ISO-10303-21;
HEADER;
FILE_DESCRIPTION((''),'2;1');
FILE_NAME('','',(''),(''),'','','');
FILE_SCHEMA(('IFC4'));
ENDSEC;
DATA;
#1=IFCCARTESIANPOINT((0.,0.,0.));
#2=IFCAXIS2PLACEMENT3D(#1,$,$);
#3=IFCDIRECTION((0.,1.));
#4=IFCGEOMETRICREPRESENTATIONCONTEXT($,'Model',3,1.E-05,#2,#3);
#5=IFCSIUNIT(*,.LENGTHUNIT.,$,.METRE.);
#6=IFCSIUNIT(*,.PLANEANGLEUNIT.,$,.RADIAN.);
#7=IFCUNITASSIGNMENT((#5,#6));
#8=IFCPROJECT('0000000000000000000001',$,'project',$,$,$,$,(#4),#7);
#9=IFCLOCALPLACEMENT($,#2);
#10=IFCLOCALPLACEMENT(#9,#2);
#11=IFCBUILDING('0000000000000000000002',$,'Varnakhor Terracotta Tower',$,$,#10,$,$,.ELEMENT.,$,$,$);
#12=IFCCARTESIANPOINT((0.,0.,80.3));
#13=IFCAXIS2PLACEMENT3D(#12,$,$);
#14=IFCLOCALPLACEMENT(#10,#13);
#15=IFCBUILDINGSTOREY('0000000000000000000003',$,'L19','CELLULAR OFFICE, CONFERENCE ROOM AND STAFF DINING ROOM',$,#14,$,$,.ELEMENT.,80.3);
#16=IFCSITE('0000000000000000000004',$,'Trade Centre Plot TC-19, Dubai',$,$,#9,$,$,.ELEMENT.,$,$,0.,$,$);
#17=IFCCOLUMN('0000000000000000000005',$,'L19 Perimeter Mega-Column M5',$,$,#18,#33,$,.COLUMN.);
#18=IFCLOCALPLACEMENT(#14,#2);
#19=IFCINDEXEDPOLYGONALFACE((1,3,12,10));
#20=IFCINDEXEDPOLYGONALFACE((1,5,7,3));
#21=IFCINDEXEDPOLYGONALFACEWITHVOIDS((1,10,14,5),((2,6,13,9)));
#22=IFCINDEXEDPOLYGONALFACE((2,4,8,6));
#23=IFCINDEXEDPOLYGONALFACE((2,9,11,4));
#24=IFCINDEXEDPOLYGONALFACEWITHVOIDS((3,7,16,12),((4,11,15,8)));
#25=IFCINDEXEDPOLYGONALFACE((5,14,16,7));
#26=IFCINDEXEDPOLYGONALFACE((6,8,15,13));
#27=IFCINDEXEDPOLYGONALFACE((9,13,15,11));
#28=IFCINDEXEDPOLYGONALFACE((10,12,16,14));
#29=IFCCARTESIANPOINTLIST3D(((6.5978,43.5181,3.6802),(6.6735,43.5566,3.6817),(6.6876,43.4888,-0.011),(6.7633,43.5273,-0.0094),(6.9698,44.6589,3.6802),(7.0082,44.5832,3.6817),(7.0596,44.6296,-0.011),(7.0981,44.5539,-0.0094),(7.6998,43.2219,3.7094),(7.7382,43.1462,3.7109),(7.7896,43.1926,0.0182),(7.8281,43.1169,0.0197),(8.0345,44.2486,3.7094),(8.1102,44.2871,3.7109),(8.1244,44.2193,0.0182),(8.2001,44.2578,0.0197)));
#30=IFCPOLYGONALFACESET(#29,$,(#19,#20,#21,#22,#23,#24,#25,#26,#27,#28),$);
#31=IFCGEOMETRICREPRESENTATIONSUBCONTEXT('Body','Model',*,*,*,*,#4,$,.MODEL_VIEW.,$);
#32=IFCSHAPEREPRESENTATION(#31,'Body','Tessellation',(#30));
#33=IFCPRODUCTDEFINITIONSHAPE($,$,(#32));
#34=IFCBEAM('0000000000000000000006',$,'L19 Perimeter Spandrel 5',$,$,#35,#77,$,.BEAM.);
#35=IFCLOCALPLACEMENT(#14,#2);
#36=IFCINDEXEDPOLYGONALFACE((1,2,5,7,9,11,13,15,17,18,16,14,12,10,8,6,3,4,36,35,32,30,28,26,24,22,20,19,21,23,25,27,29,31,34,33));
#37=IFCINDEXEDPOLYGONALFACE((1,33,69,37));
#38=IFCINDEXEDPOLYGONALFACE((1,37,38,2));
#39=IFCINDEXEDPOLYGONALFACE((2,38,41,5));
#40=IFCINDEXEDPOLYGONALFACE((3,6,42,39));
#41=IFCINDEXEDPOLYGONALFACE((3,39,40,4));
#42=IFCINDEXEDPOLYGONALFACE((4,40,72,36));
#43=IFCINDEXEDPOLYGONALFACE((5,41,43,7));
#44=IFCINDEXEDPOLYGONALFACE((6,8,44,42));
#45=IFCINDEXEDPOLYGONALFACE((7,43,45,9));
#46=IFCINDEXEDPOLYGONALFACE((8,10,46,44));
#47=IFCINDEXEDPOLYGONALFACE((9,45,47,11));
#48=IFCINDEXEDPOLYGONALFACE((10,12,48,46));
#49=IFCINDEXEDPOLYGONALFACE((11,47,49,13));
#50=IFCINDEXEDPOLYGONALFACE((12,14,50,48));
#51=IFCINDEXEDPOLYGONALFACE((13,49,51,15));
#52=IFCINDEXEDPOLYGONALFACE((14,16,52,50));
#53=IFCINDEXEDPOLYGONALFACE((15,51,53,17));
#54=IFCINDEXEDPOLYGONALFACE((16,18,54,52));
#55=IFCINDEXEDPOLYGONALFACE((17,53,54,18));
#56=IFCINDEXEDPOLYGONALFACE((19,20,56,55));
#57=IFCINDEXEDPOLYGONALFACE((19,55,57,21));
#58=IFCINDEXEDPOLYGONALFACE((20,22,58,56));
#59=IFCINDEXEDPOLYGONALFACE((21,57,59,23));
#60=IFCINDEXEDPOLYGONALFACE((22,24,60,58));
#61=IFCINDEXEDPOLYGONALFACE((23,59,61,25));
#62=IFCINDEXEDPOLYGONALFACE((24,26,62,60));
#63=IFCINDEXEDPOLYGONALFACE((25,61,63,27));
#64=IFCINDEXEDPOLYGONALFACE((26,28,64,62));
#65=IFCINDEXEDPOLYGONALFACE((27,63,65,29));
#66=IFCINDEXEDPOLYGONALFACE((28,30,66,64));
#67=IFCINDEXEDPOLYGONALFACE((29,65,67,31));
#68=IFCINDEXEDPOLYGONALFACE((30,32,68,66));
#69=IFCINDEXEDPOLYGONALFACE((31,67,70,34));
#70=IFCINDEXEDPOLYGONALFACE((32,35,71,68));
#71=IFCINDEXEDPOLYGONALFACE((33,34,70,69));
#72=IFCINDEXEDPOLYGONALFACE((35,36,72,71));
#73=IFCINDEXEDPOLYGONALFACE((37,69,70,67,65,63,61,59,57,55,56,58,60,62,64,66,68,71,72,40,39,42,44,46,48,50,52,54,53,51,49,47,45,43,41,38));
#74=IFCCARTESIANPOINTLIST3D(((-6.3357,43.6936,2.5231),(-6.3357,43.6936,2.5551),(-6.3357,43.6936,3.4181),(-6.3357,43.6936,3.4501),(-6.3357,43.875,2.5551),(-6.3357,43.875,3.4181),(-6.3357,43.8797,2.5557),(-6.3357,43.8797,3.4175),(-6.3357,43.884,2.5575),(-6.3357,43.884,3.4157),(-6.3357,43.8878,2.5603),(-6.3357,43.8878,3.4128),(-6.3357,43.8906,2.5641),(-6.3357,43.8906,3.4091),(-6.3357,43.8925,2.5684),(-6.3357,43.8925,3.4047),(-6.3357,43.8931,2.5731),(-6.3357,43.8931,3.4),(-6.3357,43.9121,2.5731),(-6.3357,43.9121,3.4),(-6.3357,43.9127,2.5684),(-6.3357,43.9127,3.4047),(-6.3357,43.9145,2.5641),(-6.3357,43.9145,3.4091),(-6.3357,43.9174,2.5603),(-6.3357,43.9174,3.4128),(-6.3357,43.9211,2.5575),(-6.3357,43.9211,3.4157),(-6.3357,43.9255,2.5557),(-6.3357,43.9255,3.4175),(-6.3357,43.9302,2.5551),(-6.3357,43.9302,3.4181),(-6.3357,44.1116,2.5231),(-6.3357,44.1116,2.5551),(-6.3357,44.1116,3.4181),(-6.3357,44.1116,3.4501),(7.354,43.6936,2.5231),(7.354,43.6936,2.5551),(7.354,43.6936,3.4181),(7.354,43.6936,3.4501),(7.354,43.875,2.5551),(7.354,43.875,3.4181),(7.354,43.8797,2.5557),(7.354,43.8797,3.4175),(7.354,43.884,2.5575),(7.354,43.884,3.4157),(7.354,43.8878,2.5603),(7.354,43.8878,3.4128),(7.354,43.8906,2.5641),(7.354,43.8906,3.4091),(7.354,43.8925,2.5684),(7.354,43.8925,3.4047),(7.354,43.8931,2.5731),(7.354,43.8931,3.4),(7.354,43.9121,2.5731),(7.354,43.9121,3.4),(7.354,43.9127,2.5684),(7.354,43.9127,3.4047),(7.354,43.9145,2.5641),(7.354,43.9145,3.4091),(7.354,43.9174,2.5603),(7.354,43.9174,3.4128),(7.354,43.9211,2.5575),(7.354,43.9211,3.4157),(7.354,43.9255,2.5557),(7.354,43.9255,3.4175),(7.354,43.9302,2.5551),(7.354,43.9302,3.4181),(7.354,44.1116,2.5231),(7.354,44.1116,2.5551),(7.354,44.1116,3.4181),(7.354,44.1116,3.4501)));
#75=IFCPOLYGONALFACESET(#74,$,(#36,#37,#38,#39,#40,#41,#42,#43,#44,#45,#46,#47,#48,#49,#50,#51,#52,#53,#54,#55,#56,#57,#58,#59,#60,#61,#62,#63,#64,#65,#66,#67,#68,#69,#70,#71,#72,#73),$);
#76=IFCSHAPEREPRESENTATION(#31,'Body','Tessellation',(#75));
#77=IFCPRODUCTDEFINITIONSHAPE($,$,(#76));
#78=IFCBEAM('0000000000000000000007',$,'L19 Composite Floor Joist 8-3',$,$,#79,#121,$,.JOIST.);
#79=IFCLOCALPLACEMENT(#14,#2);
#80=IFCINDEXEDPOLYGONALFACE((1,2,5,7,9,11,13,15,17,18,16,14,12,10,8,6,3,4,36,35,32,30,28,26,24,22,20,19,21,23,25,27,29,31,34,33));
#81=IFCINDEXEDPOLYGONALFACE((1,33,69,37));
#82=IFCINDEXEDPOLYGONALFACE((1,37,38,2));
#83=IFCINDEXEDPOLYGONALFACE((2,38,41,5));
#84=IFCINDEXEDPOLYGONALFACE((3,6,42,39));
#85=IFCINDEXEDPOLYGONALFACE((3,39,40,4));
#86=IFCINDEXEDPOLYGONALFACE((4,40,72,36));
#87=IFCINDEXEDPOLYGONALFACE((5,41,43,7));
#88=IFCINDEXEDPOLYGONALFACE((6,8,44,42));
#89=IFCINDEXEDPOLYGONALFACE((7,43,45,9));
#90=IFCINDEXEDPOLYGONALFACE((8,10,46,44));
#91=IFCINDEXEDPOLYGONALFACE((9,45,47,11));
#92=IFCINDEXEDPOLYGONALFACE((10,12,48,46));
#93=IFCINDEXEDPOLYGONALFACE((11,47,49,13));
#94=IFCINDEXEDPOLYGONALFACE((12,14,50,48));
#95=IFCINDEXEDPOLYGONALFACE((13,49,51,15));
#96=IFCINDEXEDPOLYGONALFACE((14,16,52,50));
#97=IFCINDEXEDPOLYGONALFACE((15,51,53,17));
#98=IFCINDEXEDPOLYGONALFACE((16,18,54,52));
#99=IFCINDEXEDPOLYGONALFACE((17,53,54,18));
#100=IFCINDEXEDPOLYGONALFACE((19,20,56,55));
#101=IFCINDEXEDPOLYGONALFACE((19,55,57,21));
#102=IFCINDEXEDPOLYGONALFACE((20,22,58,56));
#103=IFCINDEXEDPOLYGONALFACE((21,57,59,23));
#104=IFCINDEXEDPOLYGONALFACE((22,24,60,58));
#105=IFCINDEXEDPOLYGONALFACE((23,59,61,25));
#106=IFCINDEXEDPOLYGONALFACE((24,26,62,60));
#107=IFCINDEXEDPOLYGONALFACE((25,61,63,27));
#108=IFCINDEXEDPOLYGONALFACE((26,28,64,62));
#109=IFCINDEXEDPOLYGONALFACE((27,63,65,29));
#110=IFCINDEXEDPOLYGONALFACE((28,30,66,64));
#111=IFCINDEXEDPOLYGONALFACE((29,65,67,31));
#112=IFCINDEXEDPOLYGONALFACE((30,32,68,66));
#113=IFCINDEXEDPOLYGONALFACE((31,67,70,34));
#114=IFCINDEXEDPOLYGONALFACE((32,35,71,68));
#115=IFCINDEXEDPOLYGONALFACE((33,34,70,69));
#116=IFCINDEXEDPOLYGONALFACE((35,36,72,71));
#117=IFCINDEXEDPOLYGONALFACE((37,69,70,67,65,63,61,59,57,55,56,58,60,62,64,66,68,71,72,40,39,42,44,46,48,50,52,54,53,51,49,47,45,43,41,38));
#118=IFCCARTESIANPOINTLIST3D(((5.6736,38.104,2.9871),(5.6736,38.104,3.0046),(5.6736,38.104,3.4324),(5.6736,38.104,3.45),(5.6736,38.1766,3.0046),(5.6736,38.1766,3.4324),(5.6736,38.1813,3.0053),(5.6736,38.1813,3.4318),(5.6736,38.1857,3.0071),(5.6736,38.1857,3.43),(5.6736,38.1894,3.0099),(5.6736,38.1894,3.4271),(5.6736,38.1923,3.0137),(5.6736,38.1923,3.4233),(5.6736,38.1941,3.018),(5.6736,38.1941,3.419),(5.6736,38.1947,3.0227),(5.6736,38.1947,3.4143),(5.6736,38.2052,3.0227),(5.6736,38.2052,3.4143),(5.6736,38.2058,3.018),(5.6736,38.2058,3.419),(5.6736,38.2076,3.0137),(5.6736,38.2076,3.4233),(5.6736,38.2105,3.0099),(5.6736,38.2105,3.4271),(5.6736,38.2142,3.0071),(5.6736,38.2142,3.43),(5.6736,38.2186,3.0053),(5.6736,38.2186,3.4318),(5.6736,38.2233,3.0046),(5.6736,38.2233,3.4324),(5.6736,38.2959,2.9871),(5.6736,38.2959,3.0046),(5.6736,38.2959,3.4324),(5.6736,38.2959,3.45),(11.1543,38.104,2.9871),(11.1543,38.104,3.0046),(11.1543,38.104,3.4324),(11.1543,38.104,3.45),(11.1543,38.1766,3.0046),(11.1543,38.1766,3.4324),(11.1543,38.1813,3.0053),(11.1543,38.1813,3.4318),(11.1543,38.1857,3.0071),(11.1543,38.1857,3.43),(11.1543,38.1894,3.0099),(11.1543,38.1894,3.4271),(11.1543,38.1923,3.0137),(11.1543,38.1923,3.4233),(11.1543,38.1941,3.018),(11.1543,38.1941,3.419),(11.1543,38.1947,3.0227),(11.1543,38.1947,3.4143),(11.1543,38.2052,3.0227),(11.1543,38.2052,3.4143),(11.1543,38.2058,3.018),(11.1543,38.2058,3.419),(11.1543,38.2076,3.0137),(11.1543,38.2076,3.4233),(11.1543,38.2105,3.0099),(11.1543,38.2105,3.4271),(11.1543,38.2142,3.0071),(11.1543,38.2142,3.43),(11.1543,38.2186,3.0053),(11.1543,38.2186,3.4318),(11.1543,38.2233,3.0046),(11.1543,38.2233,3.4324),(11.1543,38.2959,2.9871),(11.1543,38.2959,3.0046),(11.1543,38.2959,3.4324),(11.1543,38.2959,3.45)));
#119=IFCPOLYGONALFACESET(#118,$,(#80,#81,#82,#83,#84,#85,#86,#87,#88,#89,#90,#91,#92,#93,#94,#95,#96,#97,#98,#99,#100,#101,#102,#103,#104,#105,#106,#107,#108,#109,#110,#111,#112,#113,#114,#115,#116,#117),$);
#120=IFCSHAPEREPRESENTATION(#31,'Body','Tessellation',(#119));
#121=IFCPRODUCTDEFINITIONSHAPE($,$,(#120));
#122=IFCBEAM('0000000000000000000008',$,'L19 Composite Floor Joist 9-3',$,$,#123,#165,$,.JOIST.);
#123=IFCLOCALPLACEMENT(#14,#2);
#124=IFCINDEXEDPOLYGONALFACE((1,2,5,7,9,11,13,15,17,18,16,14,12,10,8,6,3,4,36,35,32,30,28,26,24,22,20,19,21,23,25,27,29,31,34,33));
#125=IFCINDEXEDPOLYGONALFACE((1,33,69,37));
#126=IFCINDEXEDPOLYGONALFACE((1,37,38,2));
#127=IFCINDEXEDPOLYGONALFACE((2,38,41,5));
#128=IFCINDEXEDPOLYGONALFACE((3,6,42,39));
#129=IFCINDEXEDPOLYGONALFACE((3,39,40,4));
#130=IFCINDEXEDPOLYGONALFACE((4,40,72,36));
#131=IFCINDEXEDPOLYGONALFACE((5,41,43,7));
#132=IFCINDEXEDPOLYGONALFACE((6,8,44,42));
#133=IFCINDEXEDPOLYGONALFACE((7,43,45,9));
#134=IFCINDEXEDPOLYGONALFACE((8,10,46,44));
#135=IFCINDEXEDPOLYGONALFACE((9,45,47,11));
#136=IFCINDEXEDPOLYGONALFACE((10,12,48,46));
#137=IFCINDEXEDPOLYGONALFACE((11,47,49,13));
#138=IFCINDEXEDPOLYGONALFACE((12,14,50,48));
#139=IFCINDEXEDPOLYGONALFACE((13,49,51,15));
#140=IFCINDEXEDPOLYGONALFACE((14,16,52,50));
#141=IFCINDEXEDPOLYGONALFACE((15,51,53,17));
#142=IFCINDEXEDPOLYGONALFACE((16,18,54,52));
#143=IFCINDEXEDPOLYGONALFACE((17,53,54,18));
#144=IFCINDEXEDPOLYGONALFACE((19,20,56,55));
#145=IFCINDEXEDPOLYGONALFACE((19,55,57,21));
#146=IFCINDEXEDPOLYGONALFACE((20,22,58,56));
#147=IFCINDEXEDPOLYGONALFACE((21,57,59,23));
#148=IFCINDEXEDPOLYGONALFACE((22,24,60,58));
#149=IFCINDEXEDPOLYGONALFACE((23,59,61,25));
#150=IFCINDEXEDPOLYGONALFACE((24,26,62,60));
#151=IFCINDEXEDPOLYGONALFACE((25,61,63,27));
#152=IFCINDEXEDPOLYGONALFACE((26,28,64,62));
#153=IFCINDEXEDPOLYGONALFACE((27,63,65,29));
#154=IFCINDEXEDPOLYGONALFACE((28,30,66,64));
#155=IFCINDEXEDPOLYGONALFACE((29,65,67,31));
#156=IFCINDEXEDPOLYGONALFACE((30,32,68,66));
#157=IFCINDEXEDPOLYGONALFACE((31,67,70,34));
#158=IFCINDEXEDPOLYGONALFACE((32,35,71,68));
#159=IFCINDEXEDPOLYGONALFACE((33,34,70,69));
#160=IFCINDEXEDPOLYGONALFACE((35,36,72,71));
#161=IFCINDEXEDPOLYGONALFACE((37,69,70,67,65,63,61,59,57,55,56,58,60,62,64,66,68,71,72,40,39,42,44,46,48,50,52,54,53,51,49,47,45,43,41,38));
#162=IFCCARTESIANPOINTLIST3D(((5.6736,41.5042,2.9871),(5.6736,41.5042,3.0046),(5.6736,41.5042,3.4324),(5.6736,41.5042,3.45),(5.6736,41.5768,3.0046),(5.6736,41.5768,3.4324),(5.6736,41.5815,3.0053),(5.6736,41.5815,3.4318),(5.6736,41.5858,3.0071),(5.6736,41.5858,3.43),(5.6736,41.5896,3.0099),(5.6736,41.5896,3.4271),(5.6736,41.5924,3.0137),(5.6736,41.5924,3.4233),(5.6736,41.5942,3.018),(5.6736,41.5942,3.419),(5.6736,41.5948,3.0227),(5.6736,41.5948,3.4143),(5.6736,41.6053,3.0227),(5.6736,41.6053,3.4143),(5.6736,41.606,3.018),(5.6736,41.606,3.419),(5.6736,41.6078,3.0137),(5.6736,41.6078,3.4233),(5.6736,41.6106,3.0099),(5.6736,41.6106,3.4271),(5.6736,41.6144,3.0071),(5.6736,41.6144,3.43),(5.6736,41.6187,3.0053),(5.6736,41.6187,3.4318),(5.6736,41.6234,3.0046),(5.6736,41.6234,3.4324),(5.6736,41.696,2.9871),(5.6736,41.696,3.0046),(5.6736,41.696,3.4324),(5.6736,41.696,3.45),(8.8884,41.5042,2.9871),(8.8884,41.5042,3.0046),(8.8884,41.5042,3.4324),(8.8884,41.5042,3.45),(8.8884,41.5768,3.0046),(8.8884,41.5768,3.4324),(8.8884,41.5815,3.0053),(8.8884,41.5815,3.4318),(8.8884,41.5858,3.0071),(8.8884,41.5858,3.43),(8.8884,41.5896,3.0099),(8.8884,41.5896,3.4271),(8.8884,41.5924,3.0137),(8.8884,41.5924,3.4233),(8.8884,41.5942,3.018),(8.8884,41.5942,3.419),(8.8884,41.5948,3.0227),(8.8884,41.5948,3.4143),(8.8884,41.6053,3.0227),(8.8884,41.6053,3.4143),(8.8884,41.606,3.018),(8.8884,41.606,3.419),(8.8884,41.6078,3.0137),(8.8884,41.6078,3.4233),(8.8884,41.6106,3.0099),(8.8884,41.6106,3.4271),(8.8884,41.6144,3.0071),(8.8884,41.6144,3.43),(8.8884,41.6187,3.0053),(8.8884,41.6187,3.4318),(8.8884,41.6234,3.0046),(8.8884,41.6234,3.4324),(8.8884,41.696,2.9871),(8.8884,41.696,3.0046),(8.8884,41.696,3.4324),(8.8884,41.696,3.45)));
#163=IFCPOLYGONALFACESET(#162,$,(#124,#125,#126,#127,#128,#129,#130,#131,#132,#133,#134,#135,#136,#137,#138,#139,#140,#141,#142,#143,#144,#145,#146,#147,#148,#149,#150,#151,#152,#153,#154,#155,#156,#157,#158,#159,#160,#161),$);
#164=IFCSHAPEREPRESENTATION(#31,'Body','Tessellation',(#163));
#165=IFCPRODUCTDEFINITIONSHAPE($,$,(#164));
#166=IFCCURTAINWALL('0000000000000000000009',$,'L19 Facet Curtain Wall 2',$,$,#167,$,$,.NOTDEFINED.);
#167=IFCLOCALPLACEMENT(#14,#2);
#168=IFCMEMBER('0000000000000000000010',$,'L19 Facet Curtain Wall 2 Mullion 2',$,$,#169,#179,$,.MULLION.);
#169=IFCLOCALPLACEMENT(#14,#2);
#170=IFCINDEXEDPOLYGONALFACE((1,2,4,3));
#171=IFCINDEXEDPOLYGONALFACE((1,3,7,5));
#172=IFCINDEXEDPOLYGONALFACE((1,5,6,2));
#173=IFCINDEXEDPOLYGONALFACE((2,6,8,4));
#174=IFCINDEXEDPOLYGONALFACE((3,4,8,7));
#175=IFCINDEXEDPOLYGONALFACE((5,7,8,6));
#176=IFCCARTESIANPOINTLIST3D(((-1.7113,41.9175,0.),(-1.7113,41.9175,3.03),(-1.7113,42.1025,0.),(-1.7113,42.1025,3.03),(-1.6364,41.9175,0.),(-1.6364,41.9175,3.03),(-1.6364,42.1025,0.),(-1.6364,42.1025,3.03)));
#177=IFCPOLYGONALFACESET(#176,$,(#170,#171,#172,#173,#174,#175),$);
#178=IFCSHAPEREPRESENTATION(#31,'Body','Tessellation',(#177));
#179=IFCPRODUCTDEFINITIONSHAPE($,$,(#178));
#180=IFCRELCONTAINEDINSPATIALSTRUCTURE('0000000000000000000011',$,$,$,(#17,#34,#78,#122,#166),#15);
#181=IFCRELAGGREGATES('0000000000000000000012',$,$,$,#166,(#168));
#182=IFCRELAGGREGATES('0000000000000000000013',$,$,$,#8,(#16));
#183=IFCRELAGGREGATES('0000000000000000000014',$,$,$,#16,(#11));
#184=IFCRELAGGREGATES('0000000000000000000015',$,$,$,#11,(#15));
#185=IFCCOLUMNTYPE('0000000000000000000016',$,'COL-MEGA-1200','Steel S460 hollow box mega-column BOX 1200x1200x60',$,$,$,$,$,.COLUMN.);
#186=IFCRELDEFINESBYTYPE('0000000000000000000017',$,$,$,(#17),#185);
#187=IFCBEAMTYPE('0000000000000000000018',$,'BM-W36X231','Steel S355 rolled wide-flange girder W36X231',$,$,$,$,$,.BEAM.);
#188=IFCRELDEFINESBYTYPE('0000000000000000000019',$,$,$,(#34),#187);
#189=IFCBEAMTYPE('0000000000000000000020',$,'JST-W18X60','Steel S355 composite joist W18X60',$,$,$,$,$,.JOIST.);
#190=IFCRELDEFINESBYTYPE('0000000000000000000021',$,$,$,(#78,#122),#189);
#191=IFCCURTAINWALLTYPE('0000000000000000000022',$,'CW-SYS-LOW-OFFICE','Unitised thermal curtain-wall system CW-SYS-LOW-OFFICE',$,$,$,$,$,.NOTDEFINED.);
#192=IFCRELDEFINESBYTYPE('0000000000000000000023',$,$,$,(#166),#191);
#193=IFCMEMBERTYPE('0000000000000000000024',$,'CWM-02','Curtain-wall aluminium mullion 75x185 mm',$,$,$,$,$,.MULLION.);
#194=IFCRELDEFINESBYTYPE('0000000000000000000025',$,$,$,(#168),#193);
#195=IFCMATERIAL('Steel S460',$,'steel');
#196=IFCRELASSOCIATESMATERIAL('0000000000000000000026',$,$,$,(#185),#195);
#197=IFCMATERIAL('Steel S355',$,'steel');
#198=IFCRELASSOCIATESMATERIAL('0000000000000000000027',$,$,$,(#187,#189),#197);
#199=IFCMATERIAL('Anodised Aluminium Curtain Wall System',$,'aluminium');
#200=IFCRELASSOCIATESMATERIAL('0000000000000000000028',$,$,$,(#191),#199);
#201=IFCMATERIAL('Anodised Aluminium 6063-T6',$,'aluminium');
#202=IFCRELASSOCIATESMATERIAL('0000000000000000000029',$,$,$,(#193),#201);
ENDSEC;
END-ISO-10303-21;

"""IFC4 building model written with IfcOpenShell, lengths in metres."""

from ifc_helpers import new_model, si_unit, direction, frame, origin, origin_2d, place, context, subcontext, project, spatial, rectangle, hollow_rectangle, i_section, extrude, source, transform, mapped, material, material_profile, profile_set, type_object, type_shapes, element, aggregate, save


model = new_model("IFC4")

# Units and contexts
model_context = context("Model", 3, precision=1e-05, world=origin(), true_north=direction((0.0, 1.0)))
body_context = subcontext(model_context, "Body", "Model", "MODEL_VIEW")
ifc_project = project(units=[si_unit("LENGTHUNIT", "METRE"), si_unit("PLANEANGLEUNIT", "RADIAN")], contexts=[model_context])

# Site, building, storey
site_placement = place(None, origin())
site = spatial("IfcSite", under=ifc_project, at=site_placement, Name="Trade Centre Plot TC-19, Dubai", CompositionType="ELEMENT", RefElevation=0.0)
building_placement = place(site_placement, origin())
building = spatial("IfcBuilding", under=site, at=building_placement, Name="Varnakhor Terracotta Tower", CompositionType="ELEMENT")
storey_placement = place(building_placement, frame((0.0, 0.0, 80.3)))
storey = spatial("IfcBuildingStorey", under=building, at=storey_placement, Name="L19", Description="CELLULAR OFFICE, CONFERENCE ROOM AND STAFF DINING ROOM", CompositionType="ELEMENT", Elevation=80.3)

# Column
ifc_material_1 = material(Name="Steel S460", Category="steel")
ifc_material_profile_1 = material_profile(ifc_material_1, hollow_rectangle(XDim=1.2, YDim=1.2, WallThickness=0.0601, at=origin_2d()), Name="BOX 1200x1200x60")
ifc_profile_set_1 = profile_set([ifc_material_profile_1], Name="Steel S460")
column_type = type_object("IfcColumnType", Name="COL-MEGA-1200", Description="Steel S460 hollow box mega-column BOX 1200x1200x60", PredefinedType="COLUMN", material=ifc_profile_set_1)
shared_shape_1 = source(origin(), body_context, "Body", "SweptSolid", [
    extrude(hollow_rectangle(XDim=1.2, YDim=1.2, WallThickness=0.0601, at=origin_2d()), origin(), (0.0, 0.0, 1.0), 3.6924),
])
column_placement = place(storey_placement, frame((7.4438, 43.8733, 0.0044), z_axis=(-0.024332, 0.007934, 0.999672), x_axis=(-0.310021, -0.95073, 0.0)))
element("IfcColumn", 1, at=column_placement, inside=storey, type_object=column_type, Name="L19 Perimeter Mega-Column M5", PredefinedType="COLUMN", context=body_context, shape_type="MappedRepresentation", body=[
    mapped(shared_shape_1, transform((0.0, 0.0, 0.0), scale=1.0)),
])

# Beams
ifc_material_2 = material(Name="Steel S355", Category="steel")
ifc_material_profile_2 = material_profile(ifc_material_2, i_section(OverallWidth=0.418, OverallDepth=0.927, WebThickness=0.019, FlangeThickness=0.032, FilletRadius=0.0181, at=origin_2d()), Name="W36X231")
ifc_profile_set_2 = profile_set([ifc_material_profile_2], Name="Steel S355")
beam_type_1 = type_object("IfcBeamType", Name="BM-W36X231", Description="Steel S355 rolled wide-flange girder W36X231", PredefinedType="BEAM", material=ifc_profile_set_2)
shared_shape_2 = source(origin(), body_context, "Body", "SweptSolid", [
    extrude(i_section(OverallWidth=0.418, OverallDepth=0.927, WebThickness=0.019, FlangeThickness=0.032, FilletRadius=0.0181, at=origin_2d()), origin(), (0.0, 0.0, 1.0), 13.6897),
])
beam_1_placement = place(storey_placement, frame((7.354, 43.9026, 2.9866), z_axis=(-1.0, 0.0, 0.0), x_axis=(0.0, -1.0, 0.0)))
element("IfcBeam", 2, at=beam_1_placement, inside=storey, type_object=beam_type_1, Name="L19 Perimeter Spandrel 5", PredefinedType="BEAM", context=body_context, shape_type="MappedRepresentation", body=[
    mapped(shared_shape_2, transform((0.0, 0.0, 0.0), scale=1.0)),
])
ifc_material_profile_3 = material_profile(ifc_material_2, i_section(OverallWidth=0.1919, OverallDepth=0.4629, WebThickness=0.0105, FlangeThickness=0.0176, FilletRadius=0.0181, at=origin_2d()), Name="W18X60")
ifc_profile_set_3 = profile_set([ifc_material_profile_3], Name="Steel S355")
beam_type_2 = type_object("IfcBeamType", Name="JST-W18X60", Description="Steel S355 composite joist W18X60", PredefinedType="JOIST", material=ifc_profile_set_3)
shared_shape_3 = source(origin(), body_context, "Body", "SweptSolid", [
    extrude(i_section(OverallWidth=0.1919, OverallDepth=0.4629, WebThickness=0.0105, FlangeThickness=0.0176, FilletRadius=0.0181, at=origin_2d()), origin(), (0.0, 0.0, 1.0), 5.4807),
])
beam_2_placement = place(storey_placement, frame((5.6736, 38.2, 3.2185), z_axis=(1.0, 0.0, 0.0), x_axis=(0.0, 1.0, 0.0)))
element("IfcBeam", 3, at=beam_2_placement, inside=storey, type_object=beam_type_2, Name="L19 Composite Floor Joist 8-3", PredefinedType="JOIST", context=body_context, shape_type="MappedRepresentation", body=[
    mapped(shared_shape_3, transform((0.0, 0.0, 0.0), scale=1.0)),
])
shared_shape_4 = source(origin(), body_context, "Body", "SweptSolid", [
    extrude(i_section(OverallWidth=0.1919, OverallDepth=0.4629, WebThickness=0.0105, FlangeThickness=0.0176, FilletRadius=0.0181, at=origin_2d()), origin(), (0.0, 0.0, 1.0), 3.2148),
])
beam_3_placement = place(storey_placement, frame((5.6736, 41.6001, 3.2185), z_axis=(1.0, 0.0, 0.0), x_axis=(0.0, 1.0, 0.0)))
element("IfcBeam", 4, at=beam_3_placement, inside=storey, type_object=beam_type_2, Name="L19 Composite Floor Joist 9-3", PredefinedType="JOIST", context=body_context, shape_type="MappedRepresentation", body=[
    mapped(shared_shape_4, transform((0.0, 0.0, 0.0), scale=1.0)),
])

# Curtain wall, member
ifc_material_3 = material(Name="Anodised Aluminium Curtain Wall System", Category="aluminium")
curtain_wall_type = type_object("IfcCurtainWallType", Name="CW-SYS-LOW-OFFICE", Description="Unitised thermal curtain-wall system CW-SYS-LOW-OFFICE", PredefinedType="NOTDEFINED", material=ifc_material_3)
curtain_wall_1_placement = place(storey_placement, origin())
curtain_wall_1 = element("IfcCurtainWall", 5, at=curtain_wall_1_placement, inside=storey, type_object=curtain_wall_type, Name="L19 Facet Curtain Wall 2", PredefinedType="NOTDEFINED")
ifc_material_4 = material(Name="Anodised Aluminium 6063-T6", Category="aluminium")
ifc_material_profile_4 = material_profile(ifc_material_4, rectangle(XDim=0.075, YDim=0.1851, at=origin_2d()), Name="ALU MULLION 75x185")
ifc_profile_set_4 = profile_set([ifc_material_profile_4], Name="Anodised Aluminium 6063-T6")
member_type_1 = type_object("IfcMemberType", Name="CWM-02", Description="Curtain-wall aluminium mullion 75x185 mm", PredefinedType="MULLION", material=ifc_profile_set_4)
shared_shape_5 = source(origin(), body_context, "Body", "SweptSolid", [
    extrude(rectangle(XDim=0.075, YDim=0.1851, at=origin_2d()), origin(), (0.0, 0.0, 1.0), 3.03),
])
type_shapes(member_type_1, [shared_shape_5])
member_1_placement = place(storey_placement, frame((-1.6738, 42.01, 0.0), z_axis=(0.0, 0.0, 1.0), x_axis=(1.0, 0.0, 0.0)))
member_1 = element("IfcMember", 6, at=member_1_placement, type_object=member_type_1, Name="L19 Facet Curtain Wall 2 Mullion 2", PredefinedType="MULLION", context=body_context, shape_type="MappedRepresentation", body=[
    mapped(shared_shape_5, transform((0.0, 0.0, 0.0), scale=1.0)),
])

aggregate(curtain_wall_1, [member_1])

save(model, "model.ifc")
